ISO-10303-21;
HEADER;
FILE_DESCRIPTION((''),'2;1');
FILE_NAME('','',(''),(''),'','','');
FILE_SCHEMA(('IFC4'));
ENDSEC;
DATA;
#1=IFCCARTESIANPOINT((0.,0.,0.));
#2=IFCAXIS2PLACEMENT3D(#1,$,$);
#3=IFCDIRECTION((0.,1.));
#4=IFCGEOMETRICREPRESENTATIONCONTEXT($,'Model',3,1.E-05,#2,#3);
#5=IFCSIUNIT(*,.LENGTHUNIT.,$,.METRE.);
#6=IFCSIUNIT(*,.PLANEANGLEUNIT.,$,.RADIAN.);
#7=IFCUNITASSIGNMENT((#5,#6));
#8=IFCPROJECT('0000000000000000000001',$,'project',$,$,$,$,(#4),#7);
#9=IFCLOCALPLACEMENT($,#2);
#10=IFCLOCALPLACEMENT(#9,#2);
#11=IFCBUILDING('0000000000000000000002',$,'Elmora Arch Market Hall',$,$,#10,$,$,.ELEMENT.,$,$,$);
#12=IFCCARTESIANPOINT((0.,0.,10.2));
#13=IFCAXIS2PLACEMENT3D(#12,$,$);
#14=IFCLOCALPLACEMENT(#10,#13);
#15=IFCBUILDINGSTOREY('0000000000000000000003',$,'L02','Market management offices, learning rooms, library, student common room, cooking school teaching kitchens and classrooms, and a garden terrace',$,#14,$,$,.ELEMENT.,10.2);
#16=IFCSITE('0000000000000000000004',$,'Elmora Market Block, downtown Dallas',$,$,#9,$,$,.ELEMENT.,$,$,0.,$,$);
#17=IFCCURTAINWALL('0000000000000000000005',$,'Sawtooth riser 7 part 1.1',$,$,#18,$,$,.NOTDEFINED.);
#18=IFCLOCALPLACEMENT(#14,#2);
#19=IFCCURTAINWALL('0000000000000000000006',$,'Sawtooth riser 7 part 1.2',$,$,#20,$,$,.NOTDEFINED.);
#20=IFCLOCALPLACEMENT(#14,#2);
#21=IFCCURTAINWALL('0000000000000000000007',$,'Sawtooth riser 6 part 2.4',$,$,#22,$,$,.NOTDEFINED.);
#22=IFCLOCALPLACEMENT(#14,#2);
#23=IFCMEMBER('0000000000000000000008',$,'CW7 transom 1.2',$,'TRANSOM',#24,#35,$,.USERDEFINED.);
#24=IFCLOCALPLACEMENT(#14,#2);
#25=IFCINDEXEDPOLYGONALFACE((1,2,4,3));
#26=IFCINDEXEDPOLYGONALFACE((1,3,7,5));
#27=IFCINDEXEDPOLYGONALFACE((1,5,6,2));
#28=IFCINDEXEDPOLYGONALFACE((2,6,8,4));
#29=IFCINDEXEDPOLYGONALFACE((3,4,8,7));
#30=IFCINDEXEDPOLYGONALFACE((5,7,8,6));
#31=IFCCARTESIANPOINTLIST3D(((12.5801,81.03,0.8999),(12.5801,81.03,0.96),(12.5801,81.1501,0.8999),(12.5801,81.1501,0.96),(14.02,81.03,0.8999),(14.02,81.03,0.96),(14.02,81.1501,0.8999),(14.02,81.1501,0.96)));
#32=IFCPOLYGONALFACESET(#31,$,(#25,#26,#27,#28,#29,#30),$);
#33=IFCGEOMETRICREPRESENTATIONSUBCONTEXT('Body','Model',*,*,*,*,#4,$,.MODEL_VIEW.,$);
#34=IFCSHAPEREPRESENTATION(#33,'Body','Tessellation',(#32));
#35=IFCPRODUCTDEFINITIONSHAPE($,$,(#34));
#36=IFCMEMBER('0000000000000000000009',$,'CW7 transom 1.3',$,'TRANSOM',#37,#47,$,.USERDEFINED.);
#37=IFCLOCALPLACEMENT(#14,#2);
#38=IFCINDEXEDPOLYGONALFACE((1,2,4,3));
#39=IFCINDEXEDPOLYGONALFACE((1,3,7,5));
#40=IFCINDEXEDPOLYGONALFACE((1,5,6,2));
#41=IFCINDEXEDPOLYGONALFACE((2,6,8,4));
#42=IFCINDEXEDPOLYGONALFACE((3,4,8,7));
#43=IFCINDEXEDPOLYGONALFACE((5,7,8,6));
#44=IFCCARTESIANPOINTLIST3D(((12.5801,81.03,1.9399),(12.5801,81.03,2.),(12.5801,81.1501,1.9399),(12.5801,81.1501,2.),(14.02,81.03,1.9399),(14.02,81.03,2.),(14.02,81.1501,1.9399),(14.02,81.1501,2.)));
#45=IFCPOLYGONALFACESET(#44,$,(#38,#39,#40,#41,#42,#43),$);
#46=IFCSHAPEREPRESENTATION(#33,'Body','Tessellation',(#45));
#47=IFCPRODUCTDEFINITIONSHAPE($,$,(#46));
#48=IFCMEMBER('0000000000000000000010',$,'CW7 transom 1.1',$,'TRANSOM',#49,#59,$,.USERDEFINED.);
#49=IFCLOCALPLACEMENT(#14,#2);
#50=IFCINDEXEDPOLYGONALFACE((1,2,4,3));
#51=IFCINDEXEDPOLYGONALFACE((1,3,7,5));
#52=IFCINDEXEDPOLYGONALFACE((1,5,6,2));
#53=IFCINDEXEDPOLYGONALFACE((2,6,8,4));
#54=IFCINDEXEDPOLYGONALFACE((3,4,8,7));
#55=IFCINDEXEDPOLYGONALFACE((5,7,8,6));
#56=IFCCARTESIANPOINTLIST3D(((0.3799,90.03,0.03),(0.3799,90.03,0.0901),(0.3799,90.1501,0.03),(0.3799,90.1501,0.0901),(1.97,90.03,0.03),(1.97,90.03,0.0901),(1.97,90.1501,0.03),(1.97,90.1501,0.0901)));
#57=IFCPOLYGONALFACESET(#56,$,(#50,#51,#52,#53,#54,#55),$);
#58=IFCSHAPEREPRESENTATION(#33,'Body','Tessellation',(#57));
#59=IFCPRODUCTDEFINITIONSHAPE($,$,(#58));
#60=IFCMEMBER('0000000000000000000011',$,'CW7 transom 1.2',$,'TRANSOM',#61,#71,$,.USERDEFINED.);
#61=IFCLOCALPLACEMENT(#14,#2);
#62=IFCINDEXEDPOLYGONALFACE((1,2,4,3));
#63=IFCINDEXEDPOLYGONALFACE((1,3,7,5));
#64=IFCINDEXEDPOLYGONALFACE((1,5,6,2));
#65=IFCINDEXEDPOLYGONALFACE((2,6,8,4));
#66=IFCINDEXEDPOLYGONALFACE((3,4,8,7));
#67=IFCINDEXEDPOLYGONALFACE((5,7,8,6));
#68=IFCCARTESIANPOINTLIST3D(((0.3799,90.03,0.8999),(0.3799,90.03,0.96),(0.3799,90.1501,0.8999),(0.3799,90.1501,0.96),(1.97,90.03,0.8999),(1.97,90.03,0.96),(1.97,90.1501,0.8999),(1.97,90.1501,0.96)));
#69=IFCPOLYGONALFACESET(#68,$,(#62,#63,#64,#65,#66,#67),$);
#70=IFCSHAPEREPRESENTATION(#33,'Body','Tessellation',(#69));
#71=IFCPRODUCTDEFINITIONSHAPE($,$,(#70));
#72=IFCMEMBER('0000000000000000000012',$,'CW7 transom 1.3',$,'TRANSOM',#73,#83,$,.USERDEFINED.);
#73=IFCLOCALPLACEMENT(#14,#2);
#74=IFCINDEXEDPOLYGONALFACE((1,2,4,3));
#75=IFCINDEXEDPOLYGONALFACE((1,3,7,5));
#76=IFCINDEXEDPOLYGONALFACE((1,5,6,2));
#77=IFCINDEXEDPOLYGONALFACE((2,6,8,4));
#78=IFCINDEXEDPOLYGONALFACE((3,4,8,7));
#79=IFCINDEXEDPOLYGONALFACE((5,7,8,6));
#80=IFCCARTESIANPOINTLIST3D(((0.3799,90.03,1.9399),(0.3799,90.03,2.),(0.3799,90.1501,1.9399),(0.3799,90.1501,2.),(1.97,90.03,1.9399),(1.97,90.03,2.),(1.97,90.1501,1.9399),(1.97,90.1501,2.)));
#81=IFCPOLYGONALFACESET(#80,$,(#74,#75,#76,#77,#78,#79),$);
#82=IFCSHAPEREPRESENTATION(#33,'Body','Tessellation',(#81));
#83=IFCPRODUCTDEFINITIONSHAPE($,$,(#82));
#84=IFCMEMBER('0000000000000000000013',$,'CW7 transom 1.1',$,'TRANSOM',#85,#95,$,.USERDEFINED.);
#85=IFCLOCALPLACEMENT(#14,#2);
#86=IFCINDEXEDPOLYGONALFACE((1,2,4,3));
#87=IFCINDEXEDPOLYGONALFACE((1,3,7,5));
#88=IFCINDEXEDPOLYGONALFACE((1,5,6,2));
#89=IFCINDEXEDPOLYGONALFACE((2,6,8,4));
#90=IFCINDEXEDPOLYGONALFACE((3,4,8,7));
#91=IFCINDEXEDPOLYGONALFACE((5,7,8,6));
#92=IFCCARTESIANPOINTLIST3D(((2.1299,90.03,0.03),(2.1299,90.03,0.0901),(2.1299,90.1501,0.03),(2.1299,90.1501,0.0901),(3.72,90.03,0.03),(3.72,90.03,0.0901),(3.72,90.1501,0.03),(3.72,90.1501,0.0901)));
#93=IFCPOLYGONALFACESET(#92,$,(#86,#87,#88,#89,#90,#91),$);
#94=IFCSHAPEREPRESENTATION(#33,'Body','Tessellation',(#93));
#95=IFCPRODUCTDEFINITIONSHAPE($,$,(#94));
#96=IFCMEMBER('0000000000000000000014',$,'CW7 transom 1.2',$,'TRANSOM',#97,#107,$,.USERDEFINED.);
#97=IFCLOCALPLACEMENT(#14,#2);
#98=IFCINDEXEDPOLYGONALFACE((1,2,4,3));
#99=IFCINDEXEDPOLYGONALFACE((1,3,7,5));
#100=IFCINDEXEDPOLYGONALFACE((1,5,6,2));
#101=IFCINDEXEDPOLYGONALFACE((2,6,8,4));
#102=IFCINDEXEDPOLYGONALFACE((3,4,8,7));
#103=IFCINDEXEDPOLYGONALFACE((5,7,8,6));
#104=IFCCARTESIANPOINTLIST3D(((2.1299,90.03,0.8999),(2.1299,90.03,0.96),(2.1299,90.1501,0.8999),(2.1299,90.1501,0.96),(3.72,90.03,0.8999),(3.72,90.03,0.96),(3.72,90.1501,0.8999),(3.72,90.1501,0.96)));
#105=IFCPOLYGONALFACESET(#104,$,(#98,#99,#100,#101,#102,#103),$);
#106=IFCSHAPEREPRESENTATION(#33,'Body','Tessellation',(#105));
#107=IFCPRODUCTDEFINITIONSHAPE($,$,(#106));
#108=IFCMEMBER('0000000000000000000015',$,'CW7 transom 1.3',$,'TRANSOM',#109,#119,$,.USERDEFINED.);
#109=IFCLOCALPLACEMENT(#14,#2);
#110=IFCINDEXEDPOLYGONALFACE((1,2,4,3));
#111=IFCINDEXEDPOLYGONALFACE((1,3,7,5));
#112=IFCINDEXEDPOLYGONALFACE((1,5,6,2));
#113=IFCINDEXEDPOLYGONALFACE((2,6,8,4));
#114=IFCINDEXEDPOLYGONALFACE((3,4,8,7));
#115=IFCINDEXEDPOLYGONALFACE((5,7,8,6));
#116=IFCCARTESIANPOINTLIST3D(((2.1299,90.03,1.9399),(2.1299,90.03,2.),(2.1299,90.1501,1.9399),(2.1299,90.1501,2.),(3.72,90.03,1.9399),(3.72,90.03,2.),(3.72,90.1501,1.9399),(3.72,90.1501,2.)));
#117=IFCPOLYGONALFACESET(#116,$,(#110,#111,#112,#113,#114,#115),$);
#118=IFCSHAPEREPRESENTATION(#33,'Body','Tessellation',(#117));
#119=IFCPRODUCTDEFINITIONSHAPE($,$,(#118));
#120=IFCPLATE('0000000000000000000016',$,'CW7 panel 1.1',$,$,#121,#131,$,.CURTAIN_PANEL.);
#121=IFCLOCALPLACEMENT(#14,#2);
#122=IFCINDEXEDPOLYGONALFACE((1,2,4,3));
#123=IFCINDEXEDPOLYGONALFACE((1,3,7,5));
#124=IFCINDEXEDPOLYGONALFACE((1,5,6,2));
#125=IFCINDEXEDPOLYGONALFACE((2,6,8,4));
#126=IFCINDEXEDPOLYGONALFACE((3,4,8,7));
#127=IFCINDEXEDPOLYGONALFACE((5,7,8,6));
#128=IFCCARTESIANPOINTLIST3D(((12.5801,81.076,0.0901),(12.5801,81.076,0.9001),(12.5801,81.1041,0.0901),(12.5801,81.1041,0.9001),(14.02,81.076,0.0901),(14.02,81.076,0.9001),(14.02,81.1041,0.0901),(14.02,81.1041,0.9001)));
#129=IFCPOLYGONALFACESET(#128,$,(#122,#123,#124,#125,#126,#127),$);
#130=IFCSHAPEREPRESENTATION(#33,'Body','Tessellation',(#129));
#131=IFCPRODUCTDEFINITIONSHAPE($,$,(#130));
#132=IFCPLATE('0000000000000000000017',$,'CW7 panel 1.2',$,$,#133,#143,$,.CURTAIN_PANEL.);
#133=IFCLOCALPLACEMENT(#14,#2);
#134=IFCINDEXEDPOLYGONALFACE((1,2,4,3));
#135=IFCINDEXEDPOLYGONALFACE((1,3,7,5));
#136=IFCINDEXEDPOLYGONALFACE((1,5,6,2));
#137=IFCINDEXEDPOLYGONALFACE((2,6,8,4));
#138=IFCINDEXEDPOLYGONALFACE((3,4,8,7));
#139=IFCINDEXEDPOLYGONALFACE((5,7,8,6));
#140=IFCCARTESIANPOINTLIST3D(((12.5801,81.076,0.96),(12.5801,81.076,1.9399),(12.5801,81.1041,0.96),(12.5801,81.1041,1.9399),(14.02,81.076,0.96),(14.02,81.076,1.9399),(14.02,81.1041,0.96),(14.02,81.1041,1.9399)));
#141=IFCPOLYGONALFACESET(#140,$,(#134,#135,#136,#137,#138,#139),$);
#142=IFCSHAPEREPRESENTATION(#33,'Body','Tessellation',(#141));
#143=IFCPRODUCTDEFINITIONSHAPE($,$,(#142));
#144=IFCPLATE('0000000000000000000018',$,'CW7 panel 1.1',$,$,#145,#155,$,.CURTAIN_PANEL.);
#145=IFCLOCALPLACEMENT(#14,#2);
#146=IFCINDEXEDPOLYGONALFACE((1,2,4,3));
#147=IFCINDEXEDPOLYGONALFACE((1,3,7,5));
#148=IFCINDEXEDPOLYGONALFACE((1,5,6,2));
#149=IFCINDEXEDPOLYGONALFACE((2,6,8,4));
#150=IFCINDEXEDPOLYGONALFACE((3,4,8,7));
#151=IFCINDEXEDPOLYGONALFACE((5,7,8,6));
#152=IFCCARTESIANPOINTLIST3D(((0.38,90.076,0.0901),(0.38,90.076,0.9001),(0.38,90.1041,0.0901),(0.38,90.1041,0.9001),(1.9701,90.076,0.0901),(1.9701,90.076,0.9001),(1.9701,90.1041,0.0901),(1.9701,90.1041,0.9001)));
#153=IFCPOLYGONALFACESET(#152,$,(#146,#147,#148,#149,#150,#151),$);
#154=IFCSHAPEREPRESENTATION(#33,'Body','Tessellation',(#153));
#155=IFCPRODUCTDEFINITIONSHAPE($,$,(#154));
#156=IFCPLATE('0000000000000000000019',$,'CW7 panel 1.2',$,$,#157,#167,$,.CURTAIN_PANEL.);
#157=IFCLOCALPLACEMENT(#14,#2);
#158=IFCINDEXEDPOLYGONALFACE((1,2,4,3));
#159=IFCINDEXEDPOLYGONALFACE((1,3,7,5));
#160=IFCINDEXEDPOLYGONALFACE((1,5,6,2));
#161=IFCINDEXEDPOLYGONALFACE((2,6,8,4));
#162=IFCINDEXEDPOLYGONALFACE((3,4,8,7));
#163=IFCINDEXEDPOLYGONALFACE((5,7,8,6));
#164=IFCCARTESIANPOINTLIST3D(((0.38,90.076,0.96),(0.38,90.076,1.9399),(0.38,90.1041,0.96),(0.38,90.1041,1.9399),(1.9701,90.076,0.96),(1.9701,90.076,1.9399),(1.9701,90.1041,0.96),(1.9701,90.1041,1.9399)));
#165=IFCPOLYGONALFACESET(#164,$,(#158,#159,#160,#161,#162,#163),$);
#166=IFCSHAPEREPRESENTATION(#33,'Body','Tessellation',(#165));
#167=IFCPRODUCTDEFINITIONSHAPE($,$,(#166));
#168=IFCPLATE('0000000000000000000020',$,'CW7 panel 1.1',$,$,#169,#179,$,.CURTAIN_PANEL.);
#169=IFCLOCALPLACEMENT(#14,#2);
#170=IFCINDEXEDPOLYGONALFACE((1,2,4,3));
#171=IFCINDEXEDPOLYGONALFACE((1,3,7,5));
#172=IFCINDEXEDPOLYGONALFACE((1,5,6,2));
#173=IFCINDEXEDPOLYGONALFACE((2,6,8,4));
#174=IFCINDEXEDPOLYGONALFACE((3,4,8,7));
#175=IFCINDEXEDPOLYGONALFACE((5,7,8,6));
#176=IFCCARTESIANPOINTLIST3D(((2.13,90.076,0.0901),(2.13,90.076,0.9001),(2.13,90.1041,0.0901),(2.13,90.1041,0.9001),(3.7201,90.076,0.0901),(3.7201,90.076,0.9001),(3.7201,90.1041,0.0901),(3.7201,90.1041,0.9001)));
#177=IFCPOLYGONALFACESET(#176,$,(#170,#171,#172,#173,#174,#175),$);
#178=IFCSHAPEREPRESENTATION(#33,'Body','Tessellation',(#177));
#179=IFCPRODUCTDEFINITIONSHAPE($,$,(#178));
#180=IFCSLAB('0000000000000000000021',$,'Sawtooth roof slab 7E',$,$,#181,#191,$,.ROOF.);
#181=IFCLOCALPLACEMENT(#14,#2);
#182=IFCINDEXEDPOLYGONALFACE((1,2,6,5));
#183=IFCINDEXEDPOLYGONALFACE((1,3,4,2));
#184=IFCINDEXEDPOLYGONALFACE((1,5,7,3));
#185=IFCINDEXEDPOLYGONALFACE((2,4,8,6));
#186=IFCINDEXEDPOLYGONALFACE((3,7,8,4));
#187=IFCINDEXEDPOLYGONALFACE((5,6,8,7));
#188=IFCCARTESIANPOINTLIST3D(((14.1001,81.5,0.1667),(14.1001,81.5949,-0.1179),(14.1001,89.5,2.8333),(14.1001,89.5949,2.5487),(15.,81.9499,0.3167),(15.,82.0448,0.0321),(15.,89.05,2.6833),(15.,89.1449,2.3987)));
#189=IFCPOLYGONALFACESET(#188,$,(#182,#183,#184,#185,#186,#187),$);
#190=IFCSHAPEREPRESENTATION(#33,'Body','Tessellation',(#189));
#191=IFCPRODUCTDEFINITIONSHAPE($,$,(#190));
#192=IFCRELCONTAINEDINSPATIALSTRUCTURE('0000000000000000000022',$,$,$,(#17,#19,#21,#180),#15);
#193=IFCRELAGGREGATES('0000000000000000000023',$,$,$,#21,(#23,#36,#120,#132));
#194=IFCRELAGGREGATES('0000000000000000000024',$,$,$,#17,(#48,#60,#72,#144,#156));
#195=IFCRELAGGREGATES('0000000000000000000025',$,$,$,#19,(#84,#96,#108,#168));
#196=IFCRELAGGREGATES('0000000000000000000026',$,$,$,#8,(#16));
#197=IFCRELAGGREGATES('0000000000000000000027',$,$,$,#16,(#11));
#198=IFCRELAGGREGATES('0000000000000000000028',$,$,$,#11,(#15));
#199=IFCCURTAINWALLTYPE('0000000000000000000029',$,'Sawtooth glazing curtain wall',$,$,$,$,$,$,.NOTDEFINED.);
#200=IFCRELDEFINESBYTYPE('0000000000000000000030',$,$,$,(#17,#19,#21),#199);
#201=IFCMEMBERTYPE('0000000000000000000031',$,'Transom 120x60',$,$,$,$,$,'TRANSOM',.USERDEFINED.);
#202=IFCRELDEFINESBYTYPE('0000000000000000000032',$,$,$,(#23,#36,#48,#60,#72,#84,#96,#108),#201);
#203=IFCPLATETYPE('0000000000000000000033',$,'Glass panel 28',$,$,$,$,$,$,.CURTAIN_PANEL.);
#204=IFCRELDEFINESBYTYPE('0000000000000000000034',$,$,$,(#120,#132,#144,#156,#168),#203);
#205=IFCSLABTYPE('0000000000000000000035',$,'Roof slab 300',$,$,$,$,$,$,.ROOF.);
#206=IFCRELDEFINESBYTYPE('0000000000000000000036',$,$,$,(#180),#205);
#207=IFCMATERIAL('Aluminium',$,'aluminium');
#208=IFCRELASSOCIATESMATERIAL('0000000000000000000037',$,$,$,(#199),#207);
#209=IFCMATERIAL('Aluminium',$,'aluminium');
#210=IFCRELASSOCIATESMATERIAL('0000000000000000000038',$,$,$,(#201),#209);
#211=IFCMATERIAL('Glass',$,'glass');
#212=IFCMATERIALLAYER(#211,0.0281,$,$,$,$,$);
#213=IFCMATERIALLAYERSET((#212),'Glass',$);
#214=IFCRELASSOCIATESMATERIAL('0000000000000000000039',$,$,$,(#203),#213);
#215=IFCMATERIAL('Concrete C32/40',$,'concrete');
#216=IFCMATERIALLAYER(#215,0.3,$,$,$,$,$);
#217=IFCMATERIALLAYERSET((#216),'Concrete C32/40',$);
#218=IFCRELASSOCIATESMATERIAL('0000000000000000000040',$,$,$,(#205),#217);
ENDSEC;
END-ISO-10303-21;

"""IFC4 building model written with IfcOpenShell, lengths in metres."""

from ifc_helpers import new_model, si_unit, direction, frame, origin, origin_2d, place, context, subcontext, project, spatial, polyline, rectangle, outline, extrude, material, layer, layer_set, material_profile, profile_set, type_object, element, aggregate, save


model = new_model("IFC4")

# Units and contexts
model_context = context("Model", 3, precision=1e-05, world=origin(), true_north=direction((0.0, 1.0)))
body_context = subcontext(model_context, "Body", "Model", "MODEL_VIEW")
ifc_project = project(units=[si_unit("LENGTHUNIT", "METRE"), si_unit("PLANEANGLEUNIT", "RADIAN")], contexts=[model_context])

# Site, building, storey
site_placement = place(None, origin())
site = spatial("IfcSite", under=ifc_project, at=site_placement, Name="Elmora Market Block, downtown Dallas", CompositionType="ELEMENT", RefElevation=0.0)
building_placement = place(site_placement, origin())
building = spatial("IfcBuilding", under=site, at=building_placement, Name="Elmora Arch Market Hall", CompositionType="ELEMENT")
storey_placement = place(building_placement, frame((0.0, 0.0, 10.2)))
storey = spatial("IfcBuildingStorey", under=building, at=storey_placement, Name="L02", Description="Market management offices, learning rooms, library, student common room, cooking school teaching kitchens and classrooms, and a garden terrace", CompositionType="ELEMENT", Elevation=10.2)

# Curtain wall
ifc_material_1 = material(Name="Aluminium", Category="aluminium")
curtain_wall_type_1 = type_object("IfcCurtainWallType", Name="Sawtooth glazing curtain wall", PredefinedType="NOTDEFINED", material=ifc_material_1)
curtain_wall_1_placement = place(storey_placement, origin())
curtain_wall_1 = element("IfcCurtainWall", 1, at=curtain_wall_1_placement, inside=storey, type_object=curtain_wall_type_1, Name="Sawtooth riser 7 part 1.1", PredefinedType="NOTDEFINED")

# Curtain wall
curtain_wall_2_placement = place(storey_placement, origin())
curtain_wall_2 = element("IfcCurtainWall", 2, at=curtain_wall_2_placement, inside=storey, type_object=curtain_wall_type_1, Name="Sawtooth riser 7 part 1.2", PredefinedType="NOTDEFINED")

# Shared definitions
ifc_material_2 = material(Name="Aluminium", Category="aluminium")
ifc_material_profile_1 = material_profile(ifc_material_2, rectangle(XDim=0.1201, YDim=0.0601, at=origin_2d()), Name="AL 120x60")
ifc_profile_set_1 = profile_set([ifc_material_profile_1], Name="Aluminium")
member_type_1 = type_object("IfcMemberType", Name="Transom 120x60", ElementType="TRANSOM", PredefinedType="USERDEFINED", material=ifc_profile_set_1)

# Curtain wall, members
curtain_wall_3_placement = place(storey_placement, origin())
curtain_wall_3 = element("IfcCurtainWall", 3, at=curtain_wall_3_placement, inside=storey, type_object=curtain_wall_type_1, Name="Sawtooth riser 6 part 2.4", PredefinedType="NOTDEFINED")
member_1_placement = place(storey_placement, frame((12.5801, 81.0901, 0.9299), z_axis=(1.0, 0.0, 0.0), x_axis=(0.0, 1.0, 0.0)))
member_1 = element("IfcMember", 4, at=member_1_placement, type_object=member_type_1, Name="CW7 transom 1.2", ObjectType="TRANSOM", PredefinedType="USERDEFINED", context=body_context, shape_type="SweptSolid", body=[
    extrude(rectangle(XDim=0.1201, YDim=0.0601, at=origin_2d()), origin(), (0.0, 0.0, 1.0), 1.4399),
])
member_2_placement = place(storey_placement, frame((12.5801, 81.0901, 1.97), z_axis=(1.0, 0.0, 0.0), x_axis=(0.0, 1.0, 0.0)))
member_2 = element("IfcMember", 5, at=member_2_placement, type_object=member_type_1, Name="CW7 transom 1.3", ObjectType="TRANSOM", PredefinedType="USERDEFINED", context=body_context, shape_type="SweptSolid", body=[
    extrude(rectangle(XDim=0.1201, YDim=0.0601, at=origin_2d()), origin(), (0.0, 0.0, 1.0), 1.4399),
])

# Members
member_3_placement = place(storey_placement, frame((0.3799, 90.0901, 0.0601), z_axis=(1.0, 0.0, 0.0), x_axis=(0.0, 1.0, 0.0)))
member_3 = element("IfcMember", 6, at=member_3_placement, type_object=member_type_1, Name="CW7 transom 1.1", ObjectType="TRANSOM", PredefinedType="USERDEFINED", context=body_context, shape_type="SweptSolid", body=[
    extrude(rectangle(XDim=0.1201, YDim=0.0601, at=origin_2d()), origin(), (0.0, 0.0, 1.0), 1.5901),
])
member_4_placement = place(storey_placement, frame((0.3799, 90.0901, 0.9299), z_axis=(1.0, 0.0, 0.0), x_axis=(0.0, 1.0, 0.0)))
member_4 = element("IfcMember", 7, at=member_4_placement, type_object=member_type_1, Name="CW7 transom 1.2", ObjectType="TRANSOM", PredefinedType="USERDEFINED", context=body_context, shape_type="SweptSolid", body=[
    extrude(rectangle(XDim=0.1201, YDim=0.0601, at=origin_2d()), origin(), (0.0, 0.0, 1.0), 1.5901),
])
member_5_placement = place(storey_placement, frame((0.3799, 90.0901, 1.97), z_axis=(1.0, 0.0, 0.0), x_axis=(0.0, 1.0, 0.0)))
member_5 = element("IfcMember", 8, at=member_5_placement, type_object=member_type_1, Name="CW7 transom 1.3", ObjectType="TRANSOM", PredefinedType="USERDEFINED", context=body_context, shape_type="SweptSolid", body=[
    extrude(rectangle(XDim=0.1201, YDim=0.0601, at=origin_2d()), origin(), (0.0, 0.0, 1.0), 1.5901),
])
member_6_placement = place(storey_placement, frame((2.1299, 90.0901, 0.0601), z_axis=(1.0, 0.0, 0.0), x_axis=(0.0, 1.0, 0.0)))
member_6 = element("IfcMember", 9, at=member_6_placement, type_object=member_type_1, Name="CW7 transom 1.1", ObjectType="TRANSOM", PredefinedType="USERDEFINED", context=body_context, shape_type="SweptSolid", body=[
    extrude(rectangle(XDim=0.1201, YDim=0.0601, at=origin_2d()), origin(), (0.0, 0.0, 1.0), 1.5901),
])
member_7_placement = place(storey_placement, frame((2.1299, 90.0901, 0.9299), z_axis=(1.0, 0.0, 0.0), x_axis=(0.0, 1.0, 0.0)))
member_7 = element("IfcMember", 10, at=member_7_placement, type_object=member_type_1, Name="CW7 transom 1.2", ObjectType="TRANSOM", PredefinedType="USERDEFINED", context=body_context, shape_type="SweptSolid", body=[
    extrude(rectangle(XDim=0.1201, YDim=0.0601, at=origin_2d()), origin(), (0.0, 0.0, 1.0), 1.5901),
])
member_8_placement = place(storey_placement, frame((2.1299, 90.0901, 1.97), z_axis=(1.0, 0.0, 0.0), x_axis=(0.0, 1.0, 0.0)))
member_8 = element("IfcMember", 11, at=member_8_placement, type_object=member_type_1, Name="CW7 transom 1.3", ObjectType="TRANSOM", PredefinedType="USERDEFINED", context=body_context, shape_type="SweptSolid", body=[
    extrude(rectangle(XDim=0.1201, YDim=0.0601, at=origin_2d()), origin(), (0.0, 0.0, 1.0), 1.5901),
])

# Plates
ifc_material_3 = material(Name="Glass", Category="glass")
ifc_layer_1 = layer(ifc_material_3, 0.0281)
ifc_layer_set_1 = layer_set([ifc_layer_1], Name="Glass")
plate_type = type_object("IfcPlateType", Name="Glass panel 28", PredefinedType="CURTAIN_PANEL", material=ifc_layer_set_1)
plate_1_placement = place(storey_placement, frame((13.3, 81.0901, 0.0901), z_axis=(0.0, 0.0, 1.0), x_axis=(1.0, 0.0, 0.0)))
plate_1 = element("IfcPlate", 12, at=plate_1_placement, type_object=plate_type, Name="CW7 panel 1.1", PredefinedType="CURTAIN_PANEL", context=body_context, shape_type="SweptSolid", body=[
    extrude(rectangle(XDim=1.4399, YDim=0.0281, at=origin_2d()), origin(), (0.0, 0.0, 1.0), 0.8101),
])
plate_2_placement = place(storey_placement, frame((13.3, 81.0901, 0.96), z_axis=(0.0, 0.0, 1.0), x_axis=(1.0, 0.0, 0.0)))
plate_2 = element("IfcPlate", 13, at=plate_2_placement, type_object=plate_type, Name="CW7 panel 1.2", PredefinedType="CURTAIN_PANEL", context=body_context, shape_type="SweptSolid", body=[
    extrude(rectangle(XDim=1.4399, YDim=0.0281, at=origin_2d()), origin(), (0.0, 0.0, 1.0), 0.98),
])
aggregate(curtain_wall_3, [member_1, member_2, plate_1, plate_2])
plate_3_placement = place(storey_placement, frame((1.175, 90.0901, 0.0901), z_axis=(0.0, 0.0, 1.0), x_axis=(1.0, 0.0, 0.0)))
plate_3 = element("IfcPlate", 14, at=plate_3_placement, type_object=plate_type, Name="CW7 panel 1.1", PredefinedType="CURTAIN_PANEL", context=body_context, shape_type="SweptSolid", body=[
    extrude(rectangle(XDim=1.5901, YDim=0.0281, at=origin_2d()), origin(), (0.0, 0.0, 1.0), 0.8101),
])
plate_4_placement = place(storey_placement, frame((1.175, 90.0901, 0.96), z_axis=(0.0, 0.0, 1.0), x_axis=(1.0, 0.0, 0.0)))
plate_4 = element("IfcPlate", 15, at=plate_4_placement, type_object=plate_type, Name="CW7 panel 1.2", PredefinedType="CURTAIN_PANEL", context=body_context, shape_type="SweptSolid", body=[
    extrude(rectangle(XDim=1.5901, YDim=0.0281, at=origin_2d()), origin(), (0.0, 0.0, 1.0), 0.98),
])
aggregate(curtain_wall_1, [member_3, member_4, member_5, plate_3, plate_4])
plate_5_placement = place(storey_placement, frame((2.925, 90.0901, 0.0901), z_axis=(0.0, 0.0, 1.0), x_axis=(1.0, 0.0, 0.0)))
plate_5 = element("IfcPlate", 16, at=plate_5_placement, type_object=plate_type, Name="CW7 panel 1.1", PredefinedType="CURTAIN_PANEL", context=body_context, shape_type="SweptSolid", body=[
    extrude(rectangle(XDim=1.5901, YDim=0.0281, at=origin_2d()), origin(), (0.0, 0.0, 1.0), 0.8101),
])
aggregate(curtain_wall_2, [member_6, member_7, member_8, plate_5])

# Slab
ifc_material_4 = material(Name="Concrete C32/40", Category="concrete")
ifc_layer_2 = layer(ifc_material_4, 0.3)
ifc_layer_set_2 = layer_set([ifc_layer_2], Name="Concrete C32/40")
slab_type = type_object("IfcSlabType", Name="Roof slab 300", PredefinedType="ROOF", material=ifc_layer_set_2)
slab_1_placement = place(storey_placement, frame((14.1001, 81.5, 0.1667), z_axis=(0.0, -0.316219, 0.948686), x_axis=(0.884662, 0.442309, 0.147431)))
element("IfcSlab", 17, at=slab_1_placement, inside=storey, type_object=slab_type, Name="Sawtooth roof slab 7E", PredefinedType="ROOF", context=body_context, shape_type="SweptSolid", body=[
    extrude(outline(polyline([(0.0, 0.0), (1.0172, 0.0), (4.5066, 6.621), (3.9316, 7.4601), (0.0, 0.0)])), origin(), (0.0, 0.0, -1.0), 0.3),
])

save(model, "model.ifc")
